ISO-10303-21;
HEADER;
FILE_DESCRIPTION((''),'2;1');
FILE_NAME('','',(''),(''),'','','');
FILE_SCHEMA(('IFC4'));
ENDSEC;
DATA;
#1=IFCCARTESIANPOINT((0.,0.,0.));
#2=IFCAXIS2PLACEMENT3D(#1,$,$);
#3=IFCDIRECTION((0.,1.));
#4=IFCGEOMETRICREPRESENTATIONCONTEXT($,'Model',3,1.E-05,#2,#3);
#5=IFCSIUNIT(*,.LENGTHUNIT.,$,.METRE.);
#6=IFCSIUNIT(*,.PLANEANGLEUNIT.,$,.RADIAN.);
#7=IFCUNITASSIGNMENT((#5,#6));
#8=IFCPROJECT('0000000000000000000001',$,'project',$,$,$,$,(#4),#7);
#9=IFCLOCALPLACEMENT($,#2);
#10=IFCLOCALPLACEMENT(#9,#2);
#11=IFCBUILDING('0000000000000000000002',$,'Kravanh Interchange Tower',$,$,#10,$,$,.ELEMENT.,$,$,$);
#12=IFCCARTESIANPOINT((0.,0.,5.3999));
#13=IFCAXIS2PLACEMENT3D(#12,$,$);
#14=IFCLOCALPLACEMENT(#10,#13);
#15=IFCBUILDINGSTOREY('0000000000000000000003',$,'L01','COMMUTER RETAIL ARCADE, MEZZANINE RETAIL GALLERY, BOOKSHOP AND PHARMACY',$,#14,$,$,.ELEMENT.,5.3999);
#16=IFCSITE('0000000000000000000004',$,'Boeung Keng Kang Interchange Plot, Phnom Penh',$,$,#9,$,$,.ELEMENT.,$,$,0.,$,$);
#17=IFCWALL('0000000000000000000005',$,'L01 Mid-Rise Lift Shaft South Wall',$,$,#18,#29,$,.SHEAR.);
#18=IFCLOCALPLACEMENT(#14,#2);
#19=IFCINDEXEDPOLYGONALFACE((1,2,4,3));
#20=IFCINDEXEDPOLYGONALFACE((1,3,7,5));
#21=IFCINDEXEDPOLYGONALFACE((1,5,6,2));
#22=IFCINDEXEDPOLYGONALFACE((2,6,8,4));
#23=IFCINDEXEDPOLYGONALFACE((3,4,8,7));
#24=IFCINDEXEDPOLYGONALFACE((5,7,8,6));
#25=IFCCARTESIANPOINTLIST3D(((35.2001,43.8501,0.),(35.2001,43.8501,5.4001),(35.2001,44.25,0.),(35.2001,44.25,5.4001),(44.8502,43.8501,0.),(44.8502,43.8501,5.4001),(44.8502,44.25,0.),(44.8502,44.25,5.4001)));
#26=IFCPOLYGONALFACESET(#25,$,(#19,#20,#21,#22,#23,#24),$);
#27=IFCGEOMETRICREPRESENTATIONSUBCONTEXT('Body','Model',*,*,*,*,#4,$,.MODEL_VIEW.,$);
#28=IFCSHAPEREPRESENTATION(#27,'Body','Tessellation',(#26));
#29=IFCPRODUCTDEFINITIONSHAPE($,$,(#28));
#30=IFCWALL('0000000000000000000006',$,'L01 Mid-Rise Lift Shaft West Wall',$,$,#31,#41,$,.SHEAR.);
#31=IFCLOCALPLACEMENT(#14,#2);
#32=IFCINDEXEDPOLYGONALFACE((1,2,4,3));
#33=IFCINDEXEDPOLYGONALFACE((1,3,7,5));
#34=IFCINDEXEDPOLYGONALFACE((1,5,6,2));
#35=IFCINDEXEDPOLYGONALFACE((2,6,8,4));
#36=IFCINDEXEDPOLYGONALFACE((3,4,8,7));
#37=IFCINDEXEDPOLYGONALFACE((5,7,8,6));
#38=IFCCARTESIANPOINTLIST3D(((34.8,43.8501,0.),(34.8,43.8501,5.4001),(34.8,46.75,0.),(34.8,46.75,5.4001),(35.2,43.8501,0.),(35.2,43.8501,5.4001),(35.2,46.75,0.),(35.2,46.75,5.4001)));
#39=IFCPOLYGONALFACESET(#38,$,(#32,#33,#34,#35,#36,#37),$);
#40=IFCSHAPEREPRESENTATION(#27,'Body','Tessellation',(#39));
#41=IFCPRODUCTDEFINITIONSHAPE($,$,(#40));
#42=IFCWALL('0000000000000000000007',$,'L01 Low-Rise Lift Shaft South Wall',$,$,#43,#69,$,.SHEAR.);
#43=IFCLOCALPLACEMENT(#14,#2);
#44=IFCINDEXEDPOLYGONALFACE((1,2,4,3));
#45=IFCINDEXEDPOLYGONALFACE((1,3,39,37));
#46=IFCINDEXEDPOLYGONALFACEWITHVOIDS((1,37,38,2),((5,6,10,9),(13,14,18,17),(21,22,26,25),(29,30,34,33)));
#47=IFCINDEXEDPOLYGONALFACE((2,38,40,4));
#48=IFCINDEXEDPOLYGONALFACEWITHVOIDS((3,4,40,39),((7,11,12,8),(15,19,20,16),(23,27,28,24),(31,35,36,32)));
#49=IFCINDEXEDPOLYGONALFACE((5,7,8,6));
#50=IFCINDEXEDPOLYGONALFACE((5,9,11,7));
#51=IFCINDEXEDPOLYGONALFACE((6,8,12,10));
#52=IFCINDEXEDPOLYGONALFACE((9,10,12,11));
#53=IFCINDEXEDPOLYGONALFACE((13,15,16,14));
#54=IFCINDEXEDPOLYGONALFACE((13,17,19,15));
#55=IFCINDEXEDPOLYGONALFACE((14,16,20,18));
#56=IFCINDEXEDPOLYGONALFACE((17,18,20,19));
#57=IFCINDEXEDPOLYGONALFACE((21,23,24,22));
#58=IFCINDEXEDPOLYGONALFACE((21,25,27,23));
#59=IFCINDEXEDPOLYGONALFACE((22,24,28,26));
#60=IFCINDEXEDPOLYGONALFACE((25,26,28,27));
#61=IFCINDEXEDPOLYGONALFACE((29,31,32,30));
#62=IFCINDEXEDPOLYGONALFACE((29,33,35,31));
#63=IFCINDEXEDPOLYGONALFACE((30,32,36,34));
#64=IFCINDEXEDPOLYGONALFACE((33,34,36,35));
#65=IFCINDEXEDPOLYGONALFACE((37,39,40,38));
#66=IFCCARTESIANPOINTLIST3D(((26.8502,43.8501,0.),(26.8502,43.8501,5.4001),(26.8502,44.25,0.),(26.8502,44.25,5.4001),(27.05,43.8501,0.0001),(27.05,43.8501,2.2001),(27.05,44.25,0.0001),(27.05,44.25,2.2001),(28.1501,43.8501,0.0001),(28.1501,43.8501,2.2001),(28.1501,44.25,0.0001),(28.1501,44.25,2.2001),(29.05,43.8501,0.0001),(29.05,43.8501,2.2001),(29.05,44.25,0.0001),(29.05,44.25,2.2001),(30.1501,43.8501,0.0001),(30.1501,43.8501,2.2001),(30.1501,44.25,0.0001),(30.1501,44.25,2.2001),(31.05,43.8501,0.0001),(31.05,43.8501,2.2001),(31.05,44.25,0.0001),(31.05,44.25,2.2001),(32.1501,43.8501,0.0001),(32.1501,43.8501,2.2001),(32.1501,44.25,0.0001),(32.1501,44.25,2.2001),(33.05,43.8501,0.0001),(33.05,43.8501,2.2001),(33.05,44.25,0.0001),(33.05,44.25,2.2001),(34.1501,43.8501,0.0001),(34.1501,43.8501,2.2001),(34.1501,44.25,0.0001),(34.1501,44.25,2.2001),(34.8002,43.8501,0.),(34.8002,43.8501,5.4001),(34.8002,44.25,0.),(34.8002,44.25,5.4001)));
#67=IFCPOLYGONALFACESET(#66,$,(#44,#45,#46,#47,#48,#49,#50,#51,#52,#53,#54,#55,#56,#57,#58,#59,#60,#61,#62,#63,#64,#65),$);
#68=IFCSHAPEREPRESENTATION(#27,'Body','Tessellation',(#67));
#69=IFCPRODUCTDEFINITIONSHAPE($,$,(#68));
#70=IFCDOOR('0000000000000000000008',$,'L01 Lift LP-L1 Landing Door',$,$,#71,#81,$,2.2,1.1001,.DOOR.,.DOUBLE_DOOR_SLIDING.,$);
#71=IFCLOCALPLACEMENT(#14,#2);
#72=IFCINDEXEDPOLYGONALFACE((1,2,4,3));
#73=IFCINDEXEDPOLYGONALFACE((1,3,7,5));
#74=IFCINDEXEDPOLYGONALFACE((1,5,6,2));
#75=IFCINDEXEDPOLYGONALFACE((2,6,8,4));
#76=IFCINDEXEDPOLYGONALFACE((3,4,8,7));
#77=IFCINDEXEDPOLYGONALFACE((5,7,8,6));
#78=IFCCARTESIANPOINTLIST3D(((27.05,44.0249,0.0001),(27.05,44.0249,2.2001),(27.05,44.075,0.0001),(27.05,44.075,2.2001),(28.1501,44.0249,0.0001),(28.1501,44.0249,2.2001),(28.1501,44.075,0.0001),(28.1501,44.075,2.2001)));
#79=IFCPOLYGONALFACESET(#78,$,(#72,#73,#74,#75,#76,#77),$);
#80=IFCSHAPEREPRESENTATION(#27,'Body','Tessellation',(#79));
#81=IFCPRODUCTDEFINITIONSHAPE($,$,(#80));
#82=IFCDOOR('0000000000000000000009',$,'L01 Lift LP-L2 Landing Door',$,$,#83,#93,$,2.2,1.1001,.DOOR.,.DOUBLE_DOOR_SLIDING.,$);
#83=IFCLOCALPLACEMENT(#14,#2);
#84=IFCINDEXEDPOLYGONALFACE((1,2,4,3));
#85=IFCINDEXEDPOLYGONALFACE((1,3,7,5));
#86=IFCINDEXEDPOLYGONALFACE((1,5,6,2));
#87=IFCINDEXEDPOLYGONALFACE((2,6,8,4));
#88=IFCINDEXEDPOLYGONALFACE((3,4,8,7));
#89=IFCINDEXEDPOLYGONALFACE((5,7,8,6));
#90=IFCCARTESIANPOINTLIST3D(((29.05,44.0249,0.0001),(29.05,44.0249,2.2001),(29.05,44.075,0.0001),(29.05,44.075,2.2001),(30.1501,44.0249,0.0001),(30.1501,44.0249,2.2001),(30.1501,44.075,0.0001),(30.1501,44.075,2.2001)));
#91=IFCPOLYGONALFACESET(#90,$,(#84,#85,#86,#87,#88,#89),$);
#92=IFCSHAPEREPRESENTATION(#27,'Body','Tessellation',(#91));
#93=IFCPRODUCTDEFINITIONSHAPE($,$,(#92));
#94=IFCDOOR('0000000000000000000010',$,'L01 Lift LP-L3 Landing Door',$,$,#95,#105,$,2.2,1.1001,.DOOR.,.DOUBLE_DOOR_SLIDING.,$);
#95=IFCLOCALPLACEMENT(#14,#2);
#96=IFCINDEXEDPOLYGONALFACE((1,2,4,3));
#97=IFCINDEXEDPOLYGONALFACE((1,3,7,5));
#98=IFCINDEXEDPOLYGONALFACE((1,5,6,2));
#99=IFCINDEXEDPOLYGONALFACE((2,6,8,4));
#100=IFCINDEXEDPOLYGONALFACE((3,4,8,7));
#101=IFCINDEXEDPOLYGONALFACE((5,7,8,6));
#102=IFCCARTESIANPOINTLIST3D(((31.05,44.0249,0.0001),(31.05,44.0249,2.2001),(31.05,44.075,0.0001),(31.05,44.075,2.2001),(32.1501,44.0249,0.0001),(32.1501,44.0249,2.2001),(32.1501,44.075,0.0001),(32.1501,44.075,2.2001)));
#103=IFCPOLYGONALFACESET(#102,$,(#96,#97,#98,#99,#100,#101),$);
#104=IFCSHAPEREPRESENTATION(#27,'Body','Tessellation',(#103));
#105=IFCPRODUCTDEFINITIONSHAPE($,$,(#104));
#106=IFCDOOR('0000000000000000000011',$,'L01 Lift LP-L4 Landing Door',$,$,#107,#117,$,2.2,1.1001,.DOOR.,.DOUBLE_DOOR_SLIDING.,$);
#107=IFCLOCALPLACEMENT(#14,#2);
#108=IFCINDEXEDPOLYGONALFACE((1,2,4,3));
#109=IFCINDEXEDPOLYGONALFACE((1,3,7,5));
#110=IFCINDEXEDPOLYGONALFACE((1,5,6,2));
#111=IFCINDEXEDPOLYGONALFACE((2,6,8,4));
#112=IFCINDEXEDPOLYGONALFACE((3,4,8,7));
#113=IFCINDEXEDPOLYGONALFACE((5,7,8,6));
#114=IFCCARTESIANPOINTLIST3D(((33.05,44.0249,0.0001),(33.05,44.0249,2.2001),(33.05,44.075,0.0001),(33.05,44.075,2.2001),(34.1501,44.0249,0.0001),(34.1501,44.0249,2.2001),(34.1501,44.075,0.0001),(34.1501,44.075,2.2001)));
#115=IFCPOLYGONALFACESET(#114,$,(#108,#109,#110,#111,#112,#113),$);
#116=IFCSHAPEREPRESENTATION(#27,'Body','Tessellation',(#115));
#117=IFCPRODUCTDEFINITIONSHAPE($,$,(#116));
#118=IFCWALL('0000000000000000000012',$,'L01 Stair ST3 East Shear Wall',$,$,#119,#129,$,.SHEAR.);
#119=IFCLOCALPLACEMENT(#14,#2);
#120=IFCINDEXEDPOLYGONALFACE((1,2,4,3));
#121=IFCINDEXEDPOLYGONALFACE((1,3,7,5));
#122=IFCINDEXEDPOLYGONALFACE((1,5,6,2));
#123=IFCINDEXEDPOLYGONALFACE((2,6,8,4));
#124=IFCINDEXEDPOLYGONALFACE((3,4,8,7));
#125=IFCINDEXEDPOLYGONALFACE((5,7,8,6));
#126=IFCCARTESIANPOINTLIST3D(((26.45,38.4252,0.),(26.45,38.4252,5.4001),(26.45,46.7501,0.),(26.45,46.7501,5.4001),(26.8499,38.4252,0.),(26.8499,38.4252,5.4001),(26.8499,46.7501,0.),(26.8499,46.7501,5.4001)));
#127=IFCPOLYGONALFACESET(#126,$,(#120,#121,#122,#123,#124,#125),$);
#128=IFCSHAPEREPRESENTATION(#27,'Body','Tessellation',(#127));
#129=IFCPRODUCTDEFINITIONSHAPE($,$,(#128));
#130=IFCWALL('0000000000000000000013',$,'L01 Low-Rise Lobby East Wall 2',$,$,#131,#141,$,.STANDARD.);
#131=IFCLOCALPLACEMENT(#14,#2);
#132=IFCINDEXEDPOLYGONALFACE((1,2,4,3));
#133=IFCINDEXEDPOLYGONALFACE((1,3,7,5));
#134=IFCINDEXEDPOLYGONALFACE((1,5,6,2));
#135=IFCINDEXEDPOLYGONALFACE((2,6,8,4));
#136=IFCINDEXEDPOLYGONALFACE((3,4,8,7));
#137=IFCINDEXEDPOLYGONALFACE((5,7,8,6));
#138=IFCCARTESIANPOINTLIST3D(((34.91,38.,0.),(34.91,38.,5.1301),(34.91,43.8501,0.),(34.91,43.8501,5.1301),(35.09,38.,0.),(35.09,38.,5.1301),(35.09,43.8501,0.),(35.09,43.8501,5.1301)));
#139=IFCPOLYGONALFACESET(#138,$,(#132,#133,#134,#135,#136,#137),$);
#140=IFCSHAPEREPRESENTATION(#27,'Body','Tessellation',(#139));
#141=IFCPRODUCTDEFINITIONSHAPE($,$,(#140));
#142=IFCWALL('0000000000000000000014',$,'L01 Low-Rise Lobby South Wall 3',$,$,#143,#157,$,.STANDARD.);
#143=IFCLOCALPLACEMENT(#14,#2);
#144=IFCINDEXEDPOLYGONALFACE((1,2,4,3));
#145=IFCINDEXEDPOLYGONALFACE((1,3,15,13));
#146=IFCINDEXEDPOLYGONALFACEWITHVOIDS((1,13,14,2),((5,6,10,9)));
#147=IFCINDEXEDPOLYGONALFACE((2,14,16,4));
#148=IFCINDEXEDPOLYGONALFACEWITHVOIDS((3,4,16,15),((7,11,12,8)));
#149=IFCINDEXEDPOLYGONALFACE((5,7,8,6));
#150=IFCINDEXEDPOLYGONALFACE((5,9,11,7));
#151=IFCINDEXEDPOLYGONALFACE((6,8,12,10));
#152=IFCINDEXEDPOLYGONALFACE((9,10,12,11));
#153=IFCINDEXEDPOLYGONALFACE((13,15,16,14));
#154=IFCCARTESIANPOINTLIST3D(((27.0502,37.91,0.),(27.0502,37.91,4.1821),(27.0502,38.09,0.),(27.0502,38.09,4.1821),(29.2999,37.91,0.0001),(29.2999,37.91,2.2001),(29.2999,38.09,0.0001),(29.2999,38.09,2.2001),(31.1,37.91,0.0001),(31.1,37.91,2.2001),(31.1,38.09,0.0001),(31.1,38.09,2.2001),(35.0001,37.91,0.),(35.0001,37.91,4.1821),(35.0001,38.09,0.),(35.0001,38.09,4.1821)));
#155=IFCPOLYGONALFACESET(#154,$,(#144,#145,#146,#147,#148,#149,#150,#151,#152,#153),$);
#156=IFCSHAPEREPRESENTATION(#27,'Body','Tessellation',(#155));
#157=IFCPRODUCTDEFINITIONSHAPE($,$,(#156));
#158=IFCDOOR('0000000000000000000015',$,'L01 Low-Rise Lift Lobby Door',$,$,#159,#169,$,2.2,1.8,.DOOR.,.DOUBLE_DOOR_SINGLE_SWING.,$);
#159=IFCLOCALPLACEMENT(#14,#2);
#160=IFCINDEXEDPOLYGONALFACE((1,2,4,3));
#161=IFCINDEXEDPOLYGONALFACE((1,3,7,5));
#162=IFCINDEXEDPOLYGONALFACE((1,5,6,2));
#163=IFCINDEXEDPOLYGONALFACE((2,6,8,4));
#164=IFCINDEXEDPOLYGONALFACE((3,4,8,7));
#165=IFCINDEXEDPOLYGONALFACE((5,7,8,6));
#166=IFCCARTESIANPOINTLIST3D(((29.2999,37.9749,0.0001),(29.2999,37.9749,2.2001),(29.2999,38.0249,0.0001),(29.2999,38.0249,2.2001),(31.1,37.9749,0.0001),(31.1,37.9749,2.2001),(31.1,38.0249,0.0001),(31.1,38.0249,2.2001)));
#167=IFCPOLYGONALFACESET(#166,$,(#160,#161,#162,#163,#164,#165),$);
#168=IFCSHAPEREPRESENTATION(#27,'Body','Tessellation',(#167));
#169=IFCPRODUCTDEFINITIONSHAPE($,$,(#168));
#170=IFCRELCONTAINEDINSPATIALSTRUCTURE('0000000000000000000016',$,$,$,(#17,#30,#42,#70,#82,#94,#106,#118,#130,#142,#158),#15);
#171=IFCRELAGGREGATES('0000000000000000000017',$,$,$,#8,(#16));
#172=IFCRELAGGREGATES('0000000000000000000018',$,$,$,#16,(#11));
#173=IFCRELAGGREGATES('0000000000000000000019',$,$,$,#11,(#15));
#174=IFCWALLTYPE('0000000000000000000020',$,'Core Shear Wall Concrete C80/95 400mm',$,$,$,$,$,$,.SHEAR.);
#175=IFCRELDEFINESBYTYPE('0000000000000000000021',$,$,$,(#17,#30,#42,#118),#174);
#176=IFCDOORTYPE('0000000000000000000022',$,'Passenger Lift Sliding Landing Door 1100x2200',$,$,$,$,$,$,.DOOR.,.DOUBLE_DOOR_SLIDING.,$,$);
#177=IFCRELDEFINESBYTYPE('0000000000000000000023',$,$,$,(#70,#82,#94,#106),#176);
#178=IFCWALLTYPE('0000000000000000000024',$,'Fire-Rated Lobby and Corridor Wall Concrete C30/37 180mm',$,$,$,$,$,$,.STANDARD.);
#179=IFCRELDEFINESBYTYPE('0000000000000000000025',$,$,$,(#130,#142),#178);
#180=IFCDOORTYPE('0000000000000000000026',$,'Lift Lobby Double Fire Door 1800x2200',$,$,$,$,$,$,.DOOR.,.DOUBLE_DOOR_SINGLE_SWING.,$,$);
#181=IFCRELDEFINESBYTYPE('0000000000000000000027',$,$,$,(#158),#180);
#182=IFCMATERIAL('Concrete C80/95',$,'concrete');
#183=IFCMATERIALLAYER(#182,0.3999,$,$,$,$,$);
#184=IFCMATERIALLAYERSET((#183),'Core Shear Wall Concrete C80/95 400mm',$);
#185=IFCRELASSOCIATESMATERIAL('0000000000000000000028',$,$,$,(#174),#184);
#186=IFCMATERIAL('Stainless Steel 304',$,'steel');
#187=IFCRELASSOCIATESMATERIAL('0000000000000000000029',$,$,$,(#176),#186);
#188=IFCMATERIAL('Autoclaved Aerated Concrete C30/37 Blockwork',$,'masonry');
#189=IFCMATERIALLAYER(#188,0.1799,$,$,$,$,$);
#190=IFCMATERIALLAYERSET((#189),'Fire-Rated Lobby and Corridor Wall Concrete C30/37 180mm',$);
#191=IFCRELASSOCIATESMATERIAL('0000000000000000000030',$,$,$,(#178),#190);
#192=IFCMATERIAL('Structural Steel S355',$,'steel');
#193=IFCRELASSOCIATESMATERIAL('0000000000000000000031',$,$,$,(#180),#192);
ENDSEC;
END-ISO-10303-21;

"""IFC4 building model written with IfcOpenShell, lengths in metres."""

from ifc_helpers import new_model, si_unit, direction, frame, frame_2d, origin, place, context, subcontext, project, spatial, rectangle, extrude, material, layer, layer_set, type_object, element, fill, save


model = new_model("IFC4")

# Units and contexts
model_context = context("Model", 3, precision=1e-05, world=origin(), true_north=direction((0.0, 1.0)))
body_context = subcontext(model_context, "Body", "Model", "MODEL_VIEW")
ifc_project = project(units=[si_unit("LENGTHUNIT", "METRE"), si_unit("PLANEANGLEUNIT", "RADIAN")], contexts=[model_context])

# Site, building, storey
site_placement = place(None, origin())
site = spatial("IfcSite", under=ifc_project, at=site_placement, Name="Boeung Keng Kang Interchange Plot, Phnom Penh", CompositionType="ELEMENT", RefElevation=0.0)
building_placement = place(site_placement, origin())
building = spatial("IfcBuilding", under=site, at=building_placement, Name="Kravanh Interchange Tower", CompositionType="ELEMENT")
storey_placement = place(building_placement, frame((0.0, 0.0, 5.3999)))
storey = spatial("IfcBuildingStorey", under=building, at=storey_placement, Name="L01", Description="COMMUTER RETAIL ARCADE, MEZZANINE RETAIL GALLERY, BOOKSHOP AND PHARMACY", CompositionType="ELEMENT", Elevation=5.3999)

# Walls
ifc_material_1 = material(Name="Concrete C80/95", Category="concrete")
ifc_layer_1 = layer(ifc_material_1, 0.3999)
ifc_layer_set_1 = layer_set([ifc_layer_1], Name="Core Shear Wall Concrete C80/95 400mm")
wall_type_1 = type_object("IfcWallType", Name="Core Shear Wall Concrete C80/95 400mm", PredefinedType="SHEAR", material=ifc_layer_set_1)
wall_1_placement = place(storey_placement, frame((35.2, 44.05, 0.0), z_axis=(0.0, 0.0, 1.0), x_axis=(1.0, 0.0, 0.0)))
element("IfcWall", 1, at=wall_1_placement, inside=storey, type_object=wall_type_1, Name="L01 Mid-Rise Lift Shaft South Wall", PredefinedType="SHEAR", context=body_context, shape_type="SweptSolid", body=[
    extrude(rectangle(XDim=9.6501, YDim=0.3999, at=frame_2d((4.8252, 0.0))), origin(), (0.0, 0.0, 1.0), 5.4001),
])
wall_2_placement = place(storey_placement, frame((35.0, 43.8501, 0.0), z_axis=(0.0, 0.0, 1.0), x_axis=(0.0, 1.0, 0.0)))
element("IfcWall", 2, at=wall_2_placement, inside=storey, type_object=wall_type_1, Name="L01 Mid-Rise Lift Shaft West Wall", PredefinedType="SHEAR", context=body_context, shape_type="SweptSolid", body=[
    extrude(rectangle(XDim=2.8999, YDim=0.3999, at=frame_2d((1.45, 0.0))), origin(), (0.0, 0.0, 1.0), 5.4001),
])

# Wall, openings, doors
wall_3_placement = place(storey_placement, frame((26.8501, 44.05, 0.0), z_axis=(0.0, 0.0, 1.0), x_axis=(1.0, 0.0, 0.0)))
wall_3 = element("IfcWall", 3, at=wall_3_placement, inside=storey, type_object=wall_type_1, Name="L01 Low-Rise Lift Shaft South Wall", PredefinedType="SHEAR", context=body_context, shape_type="SweptSolid", body=[
    extrude(rectangle(XDim=7.95, YDim=0.3999, at=frame_2d((3.9751, 0.0))), origin(), (0.0, 0.0, 1.0), 5.4001),
])
opening_1_placement = place(wall_3_placement, frame((0.2, 0.0, 0.0)))
opening_1 = element("IfcOpeningElement", 4, at=opening_1_placement, cuts=wall_3, PredefinedType="OPENING", context=body_context, shape_type="SweptSolid", body=[
    extrude(rectangle(XDim=1.1001, YDim=2.2, at=frame_2d((0.55, 1.1001))), frame((0.0, 0.21, 0.0), z_axis=(0.0, -1.0, 0.0), x_axis=(1.0, 0.0, 0.0)), (0.0, 0.0, 1.0), 0.4199),
])
opening_2_placement = place(wall_3_placement, frame((2.2, 0.0, 0.0)))
opening_2 = element("IfcOpeningElement", 5, at=opening_2_placement, cuts=wall_3, PredefinedType="OPENING", context=body_context, shape_type="SweptSolid", body=[
    extrude(rectangle(XDim=1.1001, YDim=2.2, at=frame_2d((0.55, 1.1001))), frame((0.0, 0.21, 0.0), z_axis=(0.0, -1.0, 0.0), x_axis=(1.0, 0.0, 0.0)), (0.0, 0.0, 1.0), 0.4199),
])
opening_3_placement = place(wall_3_placement, frame((4.2, 0.0, 0.0)))
opening_3 = element("IfcOpeningElement", 6, at=opening_3_placement, cuts=wall_3, PredefinedType="OPENING", context=body_context, shape_type="SweptSolid", body=[
    extrude(rectangle(XDim=1.1001, YDim=2.2, at=frame_2d((0.55, 1.1001))), frame((0.0, 0.21, 0.0), z_axis=(0.0, -1.0, 0.0), x_axis=(1.0, 0.0, 0.0)), (0.0, 0.0, 1.0), 0.4199),
])
opening_4_placement = place(wall_3_placement, frame((6.2, 0.0, 0.0)))
opening_4 = element("IfcOpeningElement", 7, at=opening_4_placement, cuts=wall_3, PredefinedType="OPENING", context=body_context, shape_type="SweptSolid", body=[
    extrude(rectangle(XDim=1.1001, YDim=2.2, at=frame_2d((0.55, 1.1001))), frame((0.0, 0.21, 0.0), z_axis=(0.0, -1.0, 0.0), x_axis=(1.0, 0.0, 0.0)), (0.0, 0.0, 1.0), 0.4199),
])
ifc_material_2 = material(Name="Stainless Steel 304", Category="steel")
door_type_1 = type_object("IfcDoorType", Name="Passenger Lift Sliding Landing Door 1100x2200", OperationType="DOUBLE_DOOR_SLIDING", PredefinedType="DOOR", material=ifc_material_2)
door_1_placement = place(opening_1_placement, origin())
door_1 = element("IfcDoor", 8, at=door_1_placement, inside=storey, type_object=door_type_1, Name="L01 Lift LP-L1 Landing Door", OperationType="DOUBLE_DOOR_SLIDING", OverallHeight=2.2, OverallWidth=1.1001, PredefinedType="DOOR", context=body_context, shape_type="SweptSolid", body=[
    extrude(rectangle(XDim=1.1001, YDim=2.2, at=frame_2d((0.55, 1.1001))), frame((0.0, 0.0249, 0.0), z_axis=(0.0, -1.0, 0.0), x_axis=(1.0, 0.0, 0.0)), (0.0, 0.0, 1.0), 0.05),
])
fill(opening_1, door_1)
door_2_placement = place(opening_2_placement, origin())
door_2 = element("IfcDoor", 9, at=door_2_placement, inside=storey, type_object=door_type_1, Name="L01 Lift LP-L2 Landing Door", OperationType="DOUBLE_DOOR_SLIDING", OverallHeight=2.2, OverallWidth=1.1001, PredefinedType="DOOR", context=body_context, shape_type="SweptSolid", body=[
    extrude(rectangle(XDim=1.1001, YDim=2.2, at=frame_2d((0.55, 1.1001))), frame((0.0, 0.0249, 0.0), z_axis=(0.0, -1.0, 0.0), x_axis=(1.0, 0.0, 0.0)), (0.0, 0.0, 1.0), 0.05),
])
fill(opening_2, door_2)
door_3_placement = place(opening_3_placement, origin())
door_3 = element("IfcDoor", 10, at=door_3_placement, inside=storey, type_object=door_type_1, Name="L01 Lift LP-L3 Landing Door", OperationType="DOUBLE_DOOR_SLIDING", OverallHeight=2.2, OverallWidth=1.1001, PredefinedType="DOOR", context=body_context, shape_type="SweptSolid", body=[
    extrude(rectangle(XDim=1.1001, YDim=2.2, at=frame_2d((0.55, 1.1001))), frame((0.0, 0.0249, 0.0), z_axis=(0.0, -1.0, 0.0), x_axis=(1.0, 0.0, 0.0)), (0.0, 0.0, 1.0), 0.05),
])
fill(opening_3, door_3)
door_4_placement = place(opening_4_placement, origin())
door_4 = element("IfcDoor", 11, at=door_4_placement, inside=storey, type_object=door_type_1, Name="L01 Lift LP-L4 Landing Door", OperationType="DOUBLE_DOOR_SLIDING", OverallHeight=2.2, OverallWidth=1.1001, PredefinedType="DOOR", context=body_context, shape_type="SweptSolid", body=[
    extrude(rectangle(XDim=1.1001, YDim=2.2, at=frame_2d((0.55, 1.1001))), frame((0.0, 0.0249, 0.0), z_axis=(0.0, -1.0, 0.0), x_axis=(1.0, 0.0, 0.0)), (0.0, 0.0, 1.0), 0.05),
])
fill(opening_4, door_4)

# Walls
wall_4_placement = place(storey_placement, frame((26.6499, 38.425, 0.0), z_axis=(0.0, 0.0, 1.0), x_axis=(0.0, 1.0, 0.0)))
element("IfcWall", 12, at=wall_4_placement, inside=storey, type_object=wall_type_1, Name="L01 Stair ST3 East Shear Wall", PredefinedType="SHEAR", context=body_context, shape_type="SweptSolid", body=[
    extrude(rectangle(XDim=8.325, YDim=0.3999, at=frame_2d((4.1626, 0.0))), origin(), (0.0, 0.0, 1.0), 5.4001),
])
ifc_material_3 = material(Name="Autoclaved Aerated Concrete C30/37 Blockwork", Category="masonry")
ifc_layer_2 = layer(ifc_material_3, 0.1799)
ifc_layer_set_2 = layer_set([ifc_layer_2], Name="Fire-Rated Lobby and Corridor Wall Concrete C30/37 180mm")
wall_type_2 = type_object("IfcWallType", Name="Fire-Rated Lobby and Corridor Wall Concrete C30/37 180mm", PredefinedType="STANDARD", material=ifc_layer_set_2)
wall_5_placement = place(storey_placement, frame((35.0, 38.0, 0.0), z_axis=(0.0, 0.0, 1.0), x_axis=(0.0, 1.0, 0.0)))
element("IfcWall", 13, at=wall_5_placement, inside=storey, type_object=wall_type_2, Name="L01 Low-Rise Lobby East Wall 2", PredefinedType="STANDARD", context=body_context, shape_type="SweptSolid", body=[
    extrude(rectangle(XDim=5.8501, YDim=0.1799, at=frame_2d((2.925, 0.0))), origin(), (0.0, 0.0, 1.0), 5.1301),
])

# Wall, opening, door
wall_6_placement = place(storey_placement, frame((27.05, 38.0, 0.0), z_axis=(0.0, 0.0, 1.0), x_axis=(1.0, 0.0, 0.0)))
wall_6 = element("IfcWall", 14, at=wall_6_placement, inside=storey, type_object=wall_type_2, Name="L01 Low-Rise Lobby South Wall 3", PredefinedType="STANDARD", context=body_context, shape_type="SweptSolid", body=[
    extrude(rectangle(XDim=7.95, YDim=0.1799, at=frame_2d((3.9751, 0.0))), origin(), (0.0, 0.0, 1.0), 4.1821),
])
opening_5_placement = place(wall_6_placement, frame((2.25, 0.0, 0.0)))
opening_5 = element("IfcOpeningElement", 15, at=opening_5_placement, cuts=wall_6, PredefinedType="OPENING", context=body_context, shape_type="SweptSolid", body=[
    extrude(rectangle(XDim=1.8, YDim=2.2, at=frame_2d((0.8999, 1.1001))), frame((0.0, 0.1001, 0.0), z_axis=(0.0, -1.0, 0.0), x_axis=(1.0, 0.0, 0.0)), (0.0, 0.0, 1.0), 0.2),
])
ifc_material_4 = material(Name="Structural Steel S355", Category="steel")
door_type_2 = type_object("IfcDoorType", Name="Lift Lobby Double Fire Door 1800x2200", OperationType="DOUBLE_DOOR_SINGLE_SWING", PredefinedType="DOOR", material=ifc_material_4)
door_5_placement = place(opening_5_placement, origin())
door_5 = element("IfcDoor", 16, at=door_5_placement, inside=storey, type_object=door_type_2, Name="L01 Low-Rise Lift Lobby Door", OperationType="DOUBLE_DOOR_SINGLE_SWING", OverallHeight=2.2, OverallWidth=1.8, PredefinedType="DOOR", context=body_context, shape_type="SweptSolid", body=[
    extrude(rectangle(XDim=1.8, YDim=2.2, at=frame_2d((0.8999, 1.1001))), frame((0.0, 0.0249, 0.0), z_axis=(0.0, -1.0, 0.0), x_axis=(1.0, 0.0, 0.0)), (0.0, 0.0, 1.0), 0.05),
])
fill(opening_5, door_5)

save(model, "model.ifc")
